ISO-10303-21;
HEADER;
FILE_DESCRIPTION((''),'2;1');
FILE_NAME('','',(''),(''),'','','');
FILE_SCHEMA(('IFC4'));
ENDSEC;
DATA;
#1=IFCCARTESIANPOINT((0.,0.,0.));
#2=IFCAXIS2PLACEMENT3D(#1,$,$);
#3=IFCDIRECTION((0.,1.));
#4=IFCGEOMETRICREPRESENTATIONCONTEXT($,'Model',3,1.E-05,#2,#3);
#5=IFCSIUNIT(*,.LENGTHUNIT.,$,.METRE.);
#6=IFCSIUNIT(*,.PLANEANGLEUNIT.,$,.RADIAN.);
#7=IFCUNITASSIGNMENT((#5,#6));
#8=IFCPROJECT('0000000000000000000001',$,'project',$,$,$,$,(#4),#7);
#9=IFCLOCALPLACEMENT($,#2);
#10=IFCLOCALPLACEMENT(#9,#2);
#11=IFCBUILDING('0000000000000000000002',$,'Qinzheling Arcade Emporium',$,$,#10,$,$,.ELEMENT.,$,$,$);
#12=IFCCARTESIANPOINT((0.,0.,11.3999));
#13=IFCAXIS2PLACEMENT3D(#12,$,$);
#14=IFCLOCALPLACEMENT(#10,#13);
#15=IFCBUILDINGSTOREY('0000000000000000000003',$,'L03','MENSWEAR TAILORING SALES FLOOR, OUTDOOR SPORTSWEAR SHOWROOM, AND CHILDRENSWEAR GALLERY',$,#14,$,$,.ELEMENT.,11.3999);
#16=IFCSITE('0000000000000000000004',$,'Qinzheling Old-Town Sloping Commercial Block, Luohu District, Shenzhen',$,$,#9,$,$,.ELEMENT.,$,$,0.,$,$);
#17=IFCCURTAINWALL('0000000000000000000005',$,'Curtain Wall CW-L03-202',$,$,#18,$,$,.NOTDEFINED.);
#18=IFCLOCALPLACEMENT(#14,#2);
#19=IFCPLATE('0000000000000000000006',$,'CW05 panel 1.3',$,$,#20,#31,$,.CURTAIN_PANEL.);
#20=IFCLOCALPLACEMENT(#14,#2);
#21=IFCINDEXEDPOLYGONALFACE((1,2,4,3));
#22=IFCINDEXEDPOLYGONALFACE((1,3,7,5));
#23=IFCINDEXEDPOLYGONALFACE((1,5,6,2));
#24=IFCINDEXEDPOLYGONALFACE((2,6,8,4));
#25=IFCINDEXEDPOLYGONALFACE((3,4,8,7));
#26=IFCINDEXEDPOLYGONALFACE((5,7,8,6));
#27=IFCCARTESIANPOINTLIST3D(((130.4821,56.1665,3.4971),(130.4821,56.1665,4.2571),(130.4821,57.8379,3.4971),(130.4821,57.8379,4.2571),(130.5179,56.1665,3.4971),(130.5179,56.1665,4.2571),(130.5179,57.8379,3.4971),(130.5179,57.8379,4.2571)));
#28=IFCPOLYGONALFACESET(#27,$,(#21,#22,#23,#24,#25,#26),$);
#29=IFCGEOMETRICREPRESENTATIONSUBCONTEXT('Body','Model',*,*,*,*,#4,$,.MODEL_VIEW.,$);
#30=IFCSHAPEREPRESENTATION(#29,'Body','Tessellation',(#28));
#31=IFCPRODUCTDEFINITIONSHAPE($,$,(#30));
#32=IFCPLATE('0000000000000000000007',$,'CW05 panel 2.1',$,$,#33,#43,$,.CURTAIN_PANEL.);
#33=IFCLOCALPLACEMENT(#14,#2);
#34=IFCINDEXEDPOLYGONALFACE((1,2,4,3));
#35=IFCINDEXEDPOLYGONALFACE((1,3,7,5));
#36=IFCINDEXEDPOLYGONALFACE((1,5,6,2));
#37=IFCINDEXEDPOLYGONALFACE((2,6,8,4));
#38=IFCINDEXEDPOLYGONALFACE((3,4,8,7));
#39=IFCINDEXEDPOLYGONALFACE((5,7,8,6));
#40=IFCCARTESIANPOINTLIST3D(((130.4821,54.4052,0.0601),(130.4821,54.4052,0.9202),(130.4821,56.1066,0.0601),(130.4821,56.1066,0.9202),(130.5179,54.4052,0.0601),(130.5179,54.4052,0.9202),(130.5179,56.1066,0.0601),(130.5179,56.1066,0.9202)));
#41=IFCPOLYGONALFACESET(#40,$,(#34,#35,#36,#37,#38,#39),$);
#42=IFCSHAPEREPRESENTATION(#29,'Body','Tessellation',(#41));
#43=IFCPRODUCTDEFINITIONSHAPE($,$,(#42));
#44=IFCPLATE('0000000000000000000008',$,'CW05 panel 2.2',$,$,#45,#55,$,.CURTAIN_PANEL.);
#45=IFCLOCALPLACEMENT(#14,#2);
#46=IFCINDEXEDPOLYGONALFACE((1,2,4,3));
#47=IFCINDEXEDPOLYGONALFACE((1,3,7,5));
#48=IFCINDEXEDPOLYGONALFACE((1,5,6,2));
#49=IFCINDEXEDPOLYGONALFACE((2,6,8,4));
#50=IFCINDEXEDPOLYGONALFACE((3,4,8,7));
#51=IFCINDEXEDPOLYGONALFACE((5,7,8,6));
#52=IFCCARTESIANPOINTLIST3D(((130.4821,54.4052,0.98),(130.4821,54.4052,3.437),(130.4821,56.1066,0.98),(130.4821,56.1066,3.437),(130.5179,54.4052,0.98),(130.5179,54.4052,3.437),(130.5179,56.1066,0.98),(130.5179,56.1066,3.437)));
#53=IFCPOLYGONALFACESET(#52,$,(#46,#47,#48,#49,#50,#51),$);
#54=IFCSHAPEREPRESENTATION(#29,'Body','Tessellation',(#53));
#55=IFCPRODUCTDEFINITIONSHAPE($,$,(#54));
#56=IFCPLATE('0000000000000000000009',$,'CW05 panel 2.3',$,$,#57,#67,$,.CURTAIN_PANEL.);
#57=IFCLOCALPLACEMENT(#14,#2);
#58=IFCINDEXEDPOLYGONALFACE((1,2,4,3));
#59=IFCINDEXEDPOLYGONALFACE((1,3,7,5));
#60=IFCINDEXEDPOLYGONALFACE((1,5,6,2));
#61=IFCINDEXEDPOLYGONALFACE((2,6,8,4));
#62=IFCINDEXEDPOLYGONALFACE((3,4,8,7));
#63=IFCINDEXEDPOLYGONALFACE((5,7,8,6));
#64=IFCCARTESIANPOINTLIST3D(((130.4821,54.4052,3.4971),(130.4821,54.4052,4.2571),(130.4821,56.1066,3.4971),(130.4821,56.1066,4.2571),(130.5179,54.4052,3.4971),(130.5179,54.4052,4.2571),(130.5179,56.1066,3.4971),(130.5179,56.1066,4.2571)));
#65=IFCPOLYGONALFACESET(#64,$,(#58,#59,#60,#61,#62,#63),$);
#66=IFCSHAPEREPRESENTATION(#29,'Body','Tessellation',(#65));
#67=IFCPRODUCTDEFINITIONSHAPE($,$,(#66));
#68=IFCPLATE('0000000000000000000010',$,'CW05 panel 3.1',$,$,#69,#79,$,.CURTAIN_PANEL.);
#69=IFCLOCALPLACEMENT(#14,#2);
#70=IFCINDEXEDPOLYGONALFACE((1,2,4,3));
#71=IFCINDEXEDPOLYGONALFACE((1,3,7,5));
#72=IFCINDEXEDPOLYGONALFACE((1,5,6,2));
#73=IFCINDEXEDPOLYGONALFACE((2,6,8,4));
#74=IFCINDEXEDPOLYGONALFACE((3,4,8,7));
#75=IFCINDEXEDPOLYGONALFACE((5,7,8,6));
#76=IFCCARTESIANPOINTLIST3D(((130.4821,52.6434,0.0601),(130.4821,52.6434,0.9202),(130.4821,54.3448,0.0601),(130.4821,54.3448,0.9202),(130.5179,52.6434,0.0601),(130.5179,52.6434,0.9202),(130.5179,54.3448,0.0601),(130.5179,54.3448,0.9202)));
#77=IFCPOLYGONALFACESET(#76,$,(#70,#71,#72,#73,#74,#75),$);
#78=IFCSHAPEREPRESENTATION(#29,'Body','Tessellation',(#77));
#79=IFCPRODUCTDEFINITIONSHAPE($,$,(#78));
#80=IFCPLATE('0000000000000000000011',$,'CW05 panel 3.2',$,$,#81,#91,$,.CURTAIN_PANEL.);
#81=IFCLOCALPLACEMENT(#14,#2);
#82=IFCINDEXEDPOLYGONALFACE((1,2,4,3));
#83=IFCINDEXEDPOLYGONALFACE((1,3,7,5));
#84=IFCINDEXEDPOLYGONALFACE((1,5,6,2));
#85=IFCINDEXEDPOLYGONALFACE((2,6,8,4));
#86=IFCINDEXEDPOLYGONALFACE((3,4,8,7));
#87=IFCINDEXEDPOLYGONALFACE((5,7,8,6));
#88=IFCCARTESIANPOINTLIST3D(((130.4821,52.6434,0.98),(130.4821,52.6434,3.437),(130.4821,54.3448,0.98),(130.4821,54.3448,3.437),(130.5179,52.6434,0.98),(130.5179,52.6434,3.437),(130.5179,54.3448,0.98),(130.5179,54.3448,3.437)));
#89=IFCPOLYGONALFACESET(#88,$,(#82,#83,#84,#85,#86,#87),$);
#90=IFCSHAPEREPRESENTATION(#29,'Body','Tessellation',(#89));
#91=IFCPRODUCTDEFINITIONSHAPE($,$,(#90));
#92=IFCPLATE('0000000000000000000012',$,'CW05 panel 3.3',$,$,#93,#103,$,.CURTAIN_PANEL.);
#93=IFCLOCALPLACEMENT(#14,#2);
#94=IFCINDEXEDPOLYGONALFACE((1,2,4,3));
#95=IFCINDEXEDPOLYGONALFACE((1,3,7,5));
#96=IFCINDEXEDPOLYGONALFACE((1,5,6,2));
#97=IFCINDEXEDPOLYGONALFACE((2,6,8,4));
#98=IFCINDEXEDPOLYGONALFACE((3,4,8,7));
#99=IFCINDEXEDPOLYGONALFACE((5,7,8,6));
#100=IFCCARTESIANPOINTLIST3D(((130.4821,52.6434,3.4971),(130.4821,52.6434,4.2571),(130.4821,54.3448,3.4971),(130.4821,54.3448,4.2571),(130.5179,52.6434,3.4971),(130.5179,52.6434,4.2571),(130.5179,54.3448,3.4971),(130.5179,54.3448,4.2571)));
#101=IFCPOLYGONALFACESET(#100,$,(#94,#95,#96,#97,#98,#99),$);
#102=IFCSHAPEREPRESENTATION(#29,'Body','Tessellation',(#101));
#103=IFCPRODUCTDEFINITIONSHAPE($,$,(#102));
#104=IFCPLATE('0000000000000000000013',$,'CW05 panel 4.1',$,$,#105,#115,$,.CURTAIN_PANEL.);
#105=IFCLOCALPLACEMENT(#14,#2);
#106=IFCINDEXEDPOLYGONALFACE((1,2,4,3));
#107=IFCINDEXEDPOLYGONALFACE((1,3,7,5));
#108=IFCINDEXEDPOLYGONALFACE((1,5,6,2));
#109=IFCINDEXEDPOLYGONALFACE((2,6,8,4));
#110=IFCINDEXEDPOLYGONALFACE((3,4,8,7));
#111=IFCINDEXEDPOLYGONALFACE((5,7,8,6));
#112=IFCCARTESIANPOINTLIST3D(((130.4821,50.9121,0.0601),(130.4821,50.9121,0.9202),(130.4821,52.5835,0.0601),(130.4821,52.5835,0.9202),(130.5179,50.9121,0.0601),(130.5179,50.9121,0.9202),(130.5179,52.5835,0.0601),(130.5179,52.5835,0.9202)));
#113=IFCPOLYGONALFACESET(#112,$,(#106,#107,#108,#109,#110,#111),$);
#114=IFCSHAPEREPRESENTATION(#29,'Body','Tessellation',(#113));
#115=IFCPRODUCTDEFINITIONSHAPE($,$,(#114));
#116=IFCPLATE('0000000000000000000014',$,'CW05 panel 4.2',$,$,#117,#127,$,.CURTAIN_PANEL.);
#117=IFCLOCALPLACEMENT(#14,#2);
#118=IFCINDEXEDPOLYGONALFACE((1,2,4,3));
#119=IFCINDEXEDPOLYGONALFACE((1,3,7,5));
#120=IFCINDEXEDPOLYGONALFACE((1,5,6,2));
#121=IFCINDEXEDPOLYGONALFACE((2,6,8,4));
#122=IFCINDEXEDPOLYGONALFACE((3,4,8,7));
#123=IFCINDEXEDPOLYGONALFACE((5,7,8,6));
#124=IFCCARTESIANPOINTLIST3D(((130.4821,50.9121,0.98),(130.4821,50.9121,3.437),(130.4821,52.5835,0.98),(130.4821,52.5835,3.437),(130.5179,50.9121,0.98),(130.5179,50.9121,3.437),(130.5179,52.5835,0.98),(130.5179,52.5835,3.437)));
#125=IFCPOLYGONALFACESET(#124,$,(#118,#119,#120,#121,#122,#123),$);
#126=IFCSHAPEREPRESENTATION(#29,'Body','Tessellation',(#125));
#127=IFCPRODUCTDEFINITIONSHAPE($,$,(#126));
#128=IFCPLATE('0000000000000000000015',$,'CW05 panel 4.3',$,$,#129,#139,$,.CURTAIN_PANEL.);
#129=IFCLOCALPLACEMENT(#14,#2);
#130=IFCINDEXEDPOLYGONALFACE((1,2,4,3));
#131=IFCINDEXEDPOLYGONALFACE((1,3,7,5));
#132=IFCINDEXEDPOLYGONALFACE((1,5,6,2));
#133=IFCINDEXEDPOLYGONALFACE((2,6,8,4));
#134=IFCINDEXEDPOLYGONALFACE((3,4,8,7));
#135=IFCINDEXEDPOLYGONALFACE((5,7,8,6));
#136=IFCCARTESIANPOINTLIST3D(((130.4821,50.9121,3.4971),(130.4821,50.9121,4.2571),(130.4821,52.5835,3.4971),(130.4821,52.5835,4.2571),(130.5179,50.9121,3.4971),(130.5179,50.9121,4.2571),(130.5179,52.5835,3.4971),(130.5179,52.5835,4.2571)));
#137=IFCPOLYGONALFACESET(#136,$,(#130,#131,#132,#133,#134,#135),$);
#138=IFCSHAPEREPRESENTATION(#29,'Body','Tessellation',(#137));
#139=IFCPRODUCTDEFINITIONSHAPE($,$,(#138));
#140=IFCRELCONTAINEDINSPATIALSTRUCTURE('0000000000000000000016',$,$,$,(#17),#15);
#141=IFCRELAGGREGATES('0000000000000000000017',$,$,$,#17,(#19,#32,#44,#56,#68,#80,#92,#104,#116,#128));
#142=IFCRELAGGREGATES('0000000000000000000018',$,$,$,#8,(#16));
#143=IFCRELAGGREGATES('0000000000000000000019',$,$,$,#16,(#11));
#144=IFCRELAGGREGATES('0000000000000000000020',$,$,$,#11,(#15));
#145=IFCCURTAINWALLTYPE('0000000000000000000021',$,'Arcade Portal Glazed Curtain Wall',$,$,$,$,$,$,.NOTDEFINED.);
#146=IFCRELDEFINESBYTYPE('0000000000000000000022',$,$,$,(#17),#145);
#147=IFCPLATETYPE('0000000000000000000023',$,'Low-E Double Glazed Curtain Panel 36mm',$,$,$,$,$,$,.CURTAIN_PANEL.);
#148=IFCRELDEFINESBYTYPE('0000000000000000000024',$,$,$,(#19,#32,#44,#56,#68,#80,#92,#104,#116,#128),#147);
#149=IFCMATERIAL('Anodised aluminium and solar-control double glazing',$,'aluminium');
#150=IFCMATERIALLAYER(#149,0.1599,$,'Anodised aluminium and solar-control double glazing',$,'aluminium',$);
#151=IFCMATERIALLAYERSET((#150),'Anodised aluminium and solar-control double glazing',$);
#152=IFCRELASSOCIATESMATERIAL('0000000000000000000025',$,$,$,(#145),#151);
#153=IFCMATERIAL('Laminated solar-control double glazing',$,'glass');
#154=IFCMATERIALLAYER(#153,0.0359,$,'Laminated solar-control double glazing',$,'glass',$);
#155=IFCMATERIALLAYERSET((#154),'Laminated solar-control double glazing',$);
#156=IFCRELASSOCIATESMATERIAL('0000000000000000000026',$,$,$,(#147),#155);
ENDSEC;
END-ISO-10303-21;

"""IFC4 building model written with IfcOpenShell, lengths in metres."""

from ifc_helpers import new_model, si_unit, direction, frame, origin, origin_2d, place, context, subcontext, project, spatial, rectangle, extrude, material, layer, layer_set, type_object, element, aggregate, save


model = new_model("IFC4")

# Units and contexts
model_context = context("Model", 3, precision=1e-05, world=origin(), true_north=direction((0.0, 1.0)))
body_context = subcontext(model_context, "Body", "Model", "MODEL_VIEW")
ifc_project = project(units=[si_unit("LENGTHUNIT", "METRE"), si_unit("PLANEANGLEUNIT", "RADIAN")], contexts=[model_context])

# Site, building, storey
site_placement = place(None, origin())
site = spatial("IfcSite", under=ifc_project, at=site_placement, Name="Qinzheling Old-Town Sloping Commercial Block, Luohu District, Shenzhen", CompositionType="ELEMENT", RefElevation=0.0)
building_placement = place(site_placement, origin())
building = spatial("IfcBuilding", under=site, at=building_placement, Name="Qinzheling Arcade Emporium", CompositionType="ELEMENT")
storey_placement = place(building_placement, frame((0.0, 0.0, 11.3999)))
storey = spatial("IfcBuildingStorey", under=building, at=storey_placement, Name="L03", Description="MENSWEAR TAILORING SALES FLOOR, OUTDOOR SPORTSWEAR SHOWROOM, AND CHILDRENSWEAR GALLERY", CompositionType="ELEMENT", Elevation=11.3999)

# Shared definitions
ifc_material_1 = material(Name="Anodised aluminium and solar-control double glazing", Category="aluminium")
ifc_layer_1 = layer(ifc_material_1, 0.1599, Name="Anodised aluminium and solar-control double glazing", Category="aluminium")
ifc_layer_set_1 = layer_set([ifc_layer_1], Name="Anodised aluminium and solar-control double glazing")
curtain_wall_type = type_object("IfcCurtainWallType", Name="Arcade Portal Glazed Curtain Wall", PredefinedType="NOTDEFINED", material=ifc_layer_set_1)

# Curtain wall
curtain_wall_1_placement = place(storey_placement, origin())
curtain_wall_1 = element("IfcCurtainWall", 1, at=curtain_wall_1_placement, inside=storey, type_object=curtain_wall_type, Name="Curtain Wall CW-L03-202", PredefinedType="NOTDEFINED")

# Plates
ifc_material_2 = material(Name="Laminated solar-control double glazing", Category="glass")
ifc_layer_2 = layer(ifc_material_2, 0.0359, Name="Laminated solar-control double glazing", Category="glass")
ifc_layer_set_2 = layer_set([ifc_layer_2], Name="Laminated solar-control double glazing")
plate_type_1 = type_object("IfcPlateType", Name="Low-E Double Glazed Curtain Panel 36mm", PredefinedType="CURTAIN_PANEL", material=ifc_layer_set_2)
plate_1_placement = place(storey_placement, frame((130.5, 57.0022, 3.4971), z_axis=(0.0, 0.0, 1.0), x_axis=(0.0, -1.0, 0.0)))
plate_1 = element("IfcPlate", 2, at=plate_1_placement, type_object=plate_type_1, Name="CW05 panel 1.3", PredefinedType="CURTAIN_PANEL", context=body_context, shape_type="SweptSolid", body=[
    extrude(rectangle(XDim=1.6714, YDim=0.0359, at=origin_2d()), origin(), (0.0, 0.0, 1.0), 0.76),
])
plate_2_placement = place(storey_placement, frame((130.5, 55.2559, 0.0601), z_axis=(0.0, 0.0, 1.0), x_axis=(0.0, -1.0, 0.0)))
plate_2 = element("IfcPlate", 3, at=plate_2_placement, type_object=plate_type_1, Name="CW05 panel 2.1", PredefinedType="CURTAIN_PANEL", context=body_context, shape_type="SweptSolid", body=[
    extrude(rectangle(XDim=1.7014, YDim=0.0359, at=origin_2d()), origin(), (0.0, 0.0, 1.0), 0.8601),
])
plate_3_placement = place(storey_placement, frame((130.5, 55.2559, 0.98), z_axis=(0.0, 0.0, 1.0), x_axis=(0.0, -1.0, 0.0)))
plate_3 = element("IfcPlate", 4, at=plate_3_placement, type_object=plate_type_1, Name="CW05 panel 2.2", PredefinedType="CURTAIN_PANEL", context=body_context, shape_type="SweptSolid", body=[
    extrude(rectangle(XDim=1.7014, YDim=0.0359, at=origin_2d()), origin(), (0.0, 0.0, 1.0), 2.457),
])
plate_4_placement = place(storey_placement, frame((130.5, 55.2559, 3.4971), z_axis=(0.0, 0.0, 1.0), x_axis=(0.0, -1.0, 0.0)))
plate_4 = element("IfcPlate", 5, at=plate_4_placement, type_object=plate_type_1, Name="CW05 panel 2.3", PredefinedType="CURTAIN_PANEL", context=body_context, shape_type="SweptSolid", body=[
    extrude(rectangle(XDim=1.7014, YDim=0.0359, at=origin_2d()), origin(), (0.0, 0.0, 1.0), 0.76),
])
plate_5_placement = place(storey_placement, frame((130.5, 53.4941, 0.0601), z_axis=(0.0, 0.0, 1.0), x_axis=(0.0, -1.0, 0.0)))
plate_5 = element("IfcPlate", 6, at=plate_5_placement, type_object=plate_type_1, Name="CW05 panel 3.1", PredefinedType="CURTAIN_PANEL", context=body_context, shape_type="SweptSolid", body=[
    extrude(rectangle(XDim=1.7014, YDim=0.0359, at=origin_2d()), origin(), (0.0, 0.0, 1.0), 0.8601),
])
plate_6_placement = place(storey_placement, frame((130.5, 53.4941, 0.98), z_axis=(0.0, 0.0, 1.0), x_axis=(0.0, -1.0, 0.0)))
plate_6 = element("IfcPlate", 7, at=plate_6_placement, type_object=plate_type_1, Name="CW05 panel 3.2", PredefinedType="CURTAIN_PANEL", context=body_context, shape_type="SweptSolid", body=[
    extrude(rectangle(XDim=1.7014, YDim=0.0359, at=origin_2d()), origin(), (0.0, 0.0, 1.0), 2.457),
])
plate_7_placement = place(storey_placement, frame((130.5, 53.4941, 3.4971), z_axis=(0.0, 0.0, 1.0), x_axis=(0.0, -1.0, 0.0)))
plate_7 = element("IfcPlate", 8, at=plate_7_placement, type_object=plate_type_1, Name="CW05 panel 3.3", PredefinedType="CURTAIN_PANEL", context=body_context, shape_type="SweptSolid", body=[
    extrude(rectangle(XDim=1.7014, YDim=0.0359, at=origin_2d()), origin(), (0.0, 0.0, 1.0), 0.76),
])
plate_8_placement = place(storey_placement, frame((130.5, 51.7478, 0.0601), z_axis=(0.0, 0.0, 1.0), x_axis=(0.0, -1.0, 0.0)))
plate_8 = element("IfcPlate", 9, at=plate_8_placement, type_object=plate_type_1, Name="CW05 panel 4.1", PredefinedType="CURTAIN_PANEL", context=body_context, shape_type="SweptSolid", body=[
    extrude(rectangle(XDim=1.6714, YDim=0.0359, at=origin_2d()), origin(), (0.0, 0.0, 1.0), 0.8601),
])
plate_9_placement = place(storey_placement, frame((130.5, 51.7478, 0.98), z_axis=(0.0, 0.0, 1.0), x_axis=(0.0, -1.0, 0.0)))
plate_9 = element("IfcPlate", 10, at=plate_9_placement, type_object=plate_type_1, Name="CW05 panel 4.2", PredefinedType="CURTAIN_PANEL", context=body_context, shape_type="SweptSolid", body=[
    extrude(rectangle(XDim=1.6714, YDim=0.0359, at=origin_2d()), origin(), (0.0, 0.0, 1.0), 2.457),
])
plate_10_placement = place(storey_placement, frame((130.5, 51.7478, 3.4971), z_axis=(0.0, 0.0, 1.0), x_axis=(0.0, -1.0, 0.0)))
plate_10 = element("IfcPlate", 11, at=plate_10_placement, type_object=plate_type_1, Name="CW05 panel 4.3", PredefinedType="CURTAIN_PANEL", context=body_context, shape_type="SweptSolid", body=[
    extrude(rectangle(XDim=1.6714, YDim=0.0359, at=origin_2d()), origin(), (0.0, 0.0, 1.0), 0.76),
])
aggregate(curtain_wall_1, [plate_1, plate_2, plate_3, plate_4, plate_5, plate_6, plate_7, plate_8, plate_9, plate_10])

save(model, "model.ifc")
